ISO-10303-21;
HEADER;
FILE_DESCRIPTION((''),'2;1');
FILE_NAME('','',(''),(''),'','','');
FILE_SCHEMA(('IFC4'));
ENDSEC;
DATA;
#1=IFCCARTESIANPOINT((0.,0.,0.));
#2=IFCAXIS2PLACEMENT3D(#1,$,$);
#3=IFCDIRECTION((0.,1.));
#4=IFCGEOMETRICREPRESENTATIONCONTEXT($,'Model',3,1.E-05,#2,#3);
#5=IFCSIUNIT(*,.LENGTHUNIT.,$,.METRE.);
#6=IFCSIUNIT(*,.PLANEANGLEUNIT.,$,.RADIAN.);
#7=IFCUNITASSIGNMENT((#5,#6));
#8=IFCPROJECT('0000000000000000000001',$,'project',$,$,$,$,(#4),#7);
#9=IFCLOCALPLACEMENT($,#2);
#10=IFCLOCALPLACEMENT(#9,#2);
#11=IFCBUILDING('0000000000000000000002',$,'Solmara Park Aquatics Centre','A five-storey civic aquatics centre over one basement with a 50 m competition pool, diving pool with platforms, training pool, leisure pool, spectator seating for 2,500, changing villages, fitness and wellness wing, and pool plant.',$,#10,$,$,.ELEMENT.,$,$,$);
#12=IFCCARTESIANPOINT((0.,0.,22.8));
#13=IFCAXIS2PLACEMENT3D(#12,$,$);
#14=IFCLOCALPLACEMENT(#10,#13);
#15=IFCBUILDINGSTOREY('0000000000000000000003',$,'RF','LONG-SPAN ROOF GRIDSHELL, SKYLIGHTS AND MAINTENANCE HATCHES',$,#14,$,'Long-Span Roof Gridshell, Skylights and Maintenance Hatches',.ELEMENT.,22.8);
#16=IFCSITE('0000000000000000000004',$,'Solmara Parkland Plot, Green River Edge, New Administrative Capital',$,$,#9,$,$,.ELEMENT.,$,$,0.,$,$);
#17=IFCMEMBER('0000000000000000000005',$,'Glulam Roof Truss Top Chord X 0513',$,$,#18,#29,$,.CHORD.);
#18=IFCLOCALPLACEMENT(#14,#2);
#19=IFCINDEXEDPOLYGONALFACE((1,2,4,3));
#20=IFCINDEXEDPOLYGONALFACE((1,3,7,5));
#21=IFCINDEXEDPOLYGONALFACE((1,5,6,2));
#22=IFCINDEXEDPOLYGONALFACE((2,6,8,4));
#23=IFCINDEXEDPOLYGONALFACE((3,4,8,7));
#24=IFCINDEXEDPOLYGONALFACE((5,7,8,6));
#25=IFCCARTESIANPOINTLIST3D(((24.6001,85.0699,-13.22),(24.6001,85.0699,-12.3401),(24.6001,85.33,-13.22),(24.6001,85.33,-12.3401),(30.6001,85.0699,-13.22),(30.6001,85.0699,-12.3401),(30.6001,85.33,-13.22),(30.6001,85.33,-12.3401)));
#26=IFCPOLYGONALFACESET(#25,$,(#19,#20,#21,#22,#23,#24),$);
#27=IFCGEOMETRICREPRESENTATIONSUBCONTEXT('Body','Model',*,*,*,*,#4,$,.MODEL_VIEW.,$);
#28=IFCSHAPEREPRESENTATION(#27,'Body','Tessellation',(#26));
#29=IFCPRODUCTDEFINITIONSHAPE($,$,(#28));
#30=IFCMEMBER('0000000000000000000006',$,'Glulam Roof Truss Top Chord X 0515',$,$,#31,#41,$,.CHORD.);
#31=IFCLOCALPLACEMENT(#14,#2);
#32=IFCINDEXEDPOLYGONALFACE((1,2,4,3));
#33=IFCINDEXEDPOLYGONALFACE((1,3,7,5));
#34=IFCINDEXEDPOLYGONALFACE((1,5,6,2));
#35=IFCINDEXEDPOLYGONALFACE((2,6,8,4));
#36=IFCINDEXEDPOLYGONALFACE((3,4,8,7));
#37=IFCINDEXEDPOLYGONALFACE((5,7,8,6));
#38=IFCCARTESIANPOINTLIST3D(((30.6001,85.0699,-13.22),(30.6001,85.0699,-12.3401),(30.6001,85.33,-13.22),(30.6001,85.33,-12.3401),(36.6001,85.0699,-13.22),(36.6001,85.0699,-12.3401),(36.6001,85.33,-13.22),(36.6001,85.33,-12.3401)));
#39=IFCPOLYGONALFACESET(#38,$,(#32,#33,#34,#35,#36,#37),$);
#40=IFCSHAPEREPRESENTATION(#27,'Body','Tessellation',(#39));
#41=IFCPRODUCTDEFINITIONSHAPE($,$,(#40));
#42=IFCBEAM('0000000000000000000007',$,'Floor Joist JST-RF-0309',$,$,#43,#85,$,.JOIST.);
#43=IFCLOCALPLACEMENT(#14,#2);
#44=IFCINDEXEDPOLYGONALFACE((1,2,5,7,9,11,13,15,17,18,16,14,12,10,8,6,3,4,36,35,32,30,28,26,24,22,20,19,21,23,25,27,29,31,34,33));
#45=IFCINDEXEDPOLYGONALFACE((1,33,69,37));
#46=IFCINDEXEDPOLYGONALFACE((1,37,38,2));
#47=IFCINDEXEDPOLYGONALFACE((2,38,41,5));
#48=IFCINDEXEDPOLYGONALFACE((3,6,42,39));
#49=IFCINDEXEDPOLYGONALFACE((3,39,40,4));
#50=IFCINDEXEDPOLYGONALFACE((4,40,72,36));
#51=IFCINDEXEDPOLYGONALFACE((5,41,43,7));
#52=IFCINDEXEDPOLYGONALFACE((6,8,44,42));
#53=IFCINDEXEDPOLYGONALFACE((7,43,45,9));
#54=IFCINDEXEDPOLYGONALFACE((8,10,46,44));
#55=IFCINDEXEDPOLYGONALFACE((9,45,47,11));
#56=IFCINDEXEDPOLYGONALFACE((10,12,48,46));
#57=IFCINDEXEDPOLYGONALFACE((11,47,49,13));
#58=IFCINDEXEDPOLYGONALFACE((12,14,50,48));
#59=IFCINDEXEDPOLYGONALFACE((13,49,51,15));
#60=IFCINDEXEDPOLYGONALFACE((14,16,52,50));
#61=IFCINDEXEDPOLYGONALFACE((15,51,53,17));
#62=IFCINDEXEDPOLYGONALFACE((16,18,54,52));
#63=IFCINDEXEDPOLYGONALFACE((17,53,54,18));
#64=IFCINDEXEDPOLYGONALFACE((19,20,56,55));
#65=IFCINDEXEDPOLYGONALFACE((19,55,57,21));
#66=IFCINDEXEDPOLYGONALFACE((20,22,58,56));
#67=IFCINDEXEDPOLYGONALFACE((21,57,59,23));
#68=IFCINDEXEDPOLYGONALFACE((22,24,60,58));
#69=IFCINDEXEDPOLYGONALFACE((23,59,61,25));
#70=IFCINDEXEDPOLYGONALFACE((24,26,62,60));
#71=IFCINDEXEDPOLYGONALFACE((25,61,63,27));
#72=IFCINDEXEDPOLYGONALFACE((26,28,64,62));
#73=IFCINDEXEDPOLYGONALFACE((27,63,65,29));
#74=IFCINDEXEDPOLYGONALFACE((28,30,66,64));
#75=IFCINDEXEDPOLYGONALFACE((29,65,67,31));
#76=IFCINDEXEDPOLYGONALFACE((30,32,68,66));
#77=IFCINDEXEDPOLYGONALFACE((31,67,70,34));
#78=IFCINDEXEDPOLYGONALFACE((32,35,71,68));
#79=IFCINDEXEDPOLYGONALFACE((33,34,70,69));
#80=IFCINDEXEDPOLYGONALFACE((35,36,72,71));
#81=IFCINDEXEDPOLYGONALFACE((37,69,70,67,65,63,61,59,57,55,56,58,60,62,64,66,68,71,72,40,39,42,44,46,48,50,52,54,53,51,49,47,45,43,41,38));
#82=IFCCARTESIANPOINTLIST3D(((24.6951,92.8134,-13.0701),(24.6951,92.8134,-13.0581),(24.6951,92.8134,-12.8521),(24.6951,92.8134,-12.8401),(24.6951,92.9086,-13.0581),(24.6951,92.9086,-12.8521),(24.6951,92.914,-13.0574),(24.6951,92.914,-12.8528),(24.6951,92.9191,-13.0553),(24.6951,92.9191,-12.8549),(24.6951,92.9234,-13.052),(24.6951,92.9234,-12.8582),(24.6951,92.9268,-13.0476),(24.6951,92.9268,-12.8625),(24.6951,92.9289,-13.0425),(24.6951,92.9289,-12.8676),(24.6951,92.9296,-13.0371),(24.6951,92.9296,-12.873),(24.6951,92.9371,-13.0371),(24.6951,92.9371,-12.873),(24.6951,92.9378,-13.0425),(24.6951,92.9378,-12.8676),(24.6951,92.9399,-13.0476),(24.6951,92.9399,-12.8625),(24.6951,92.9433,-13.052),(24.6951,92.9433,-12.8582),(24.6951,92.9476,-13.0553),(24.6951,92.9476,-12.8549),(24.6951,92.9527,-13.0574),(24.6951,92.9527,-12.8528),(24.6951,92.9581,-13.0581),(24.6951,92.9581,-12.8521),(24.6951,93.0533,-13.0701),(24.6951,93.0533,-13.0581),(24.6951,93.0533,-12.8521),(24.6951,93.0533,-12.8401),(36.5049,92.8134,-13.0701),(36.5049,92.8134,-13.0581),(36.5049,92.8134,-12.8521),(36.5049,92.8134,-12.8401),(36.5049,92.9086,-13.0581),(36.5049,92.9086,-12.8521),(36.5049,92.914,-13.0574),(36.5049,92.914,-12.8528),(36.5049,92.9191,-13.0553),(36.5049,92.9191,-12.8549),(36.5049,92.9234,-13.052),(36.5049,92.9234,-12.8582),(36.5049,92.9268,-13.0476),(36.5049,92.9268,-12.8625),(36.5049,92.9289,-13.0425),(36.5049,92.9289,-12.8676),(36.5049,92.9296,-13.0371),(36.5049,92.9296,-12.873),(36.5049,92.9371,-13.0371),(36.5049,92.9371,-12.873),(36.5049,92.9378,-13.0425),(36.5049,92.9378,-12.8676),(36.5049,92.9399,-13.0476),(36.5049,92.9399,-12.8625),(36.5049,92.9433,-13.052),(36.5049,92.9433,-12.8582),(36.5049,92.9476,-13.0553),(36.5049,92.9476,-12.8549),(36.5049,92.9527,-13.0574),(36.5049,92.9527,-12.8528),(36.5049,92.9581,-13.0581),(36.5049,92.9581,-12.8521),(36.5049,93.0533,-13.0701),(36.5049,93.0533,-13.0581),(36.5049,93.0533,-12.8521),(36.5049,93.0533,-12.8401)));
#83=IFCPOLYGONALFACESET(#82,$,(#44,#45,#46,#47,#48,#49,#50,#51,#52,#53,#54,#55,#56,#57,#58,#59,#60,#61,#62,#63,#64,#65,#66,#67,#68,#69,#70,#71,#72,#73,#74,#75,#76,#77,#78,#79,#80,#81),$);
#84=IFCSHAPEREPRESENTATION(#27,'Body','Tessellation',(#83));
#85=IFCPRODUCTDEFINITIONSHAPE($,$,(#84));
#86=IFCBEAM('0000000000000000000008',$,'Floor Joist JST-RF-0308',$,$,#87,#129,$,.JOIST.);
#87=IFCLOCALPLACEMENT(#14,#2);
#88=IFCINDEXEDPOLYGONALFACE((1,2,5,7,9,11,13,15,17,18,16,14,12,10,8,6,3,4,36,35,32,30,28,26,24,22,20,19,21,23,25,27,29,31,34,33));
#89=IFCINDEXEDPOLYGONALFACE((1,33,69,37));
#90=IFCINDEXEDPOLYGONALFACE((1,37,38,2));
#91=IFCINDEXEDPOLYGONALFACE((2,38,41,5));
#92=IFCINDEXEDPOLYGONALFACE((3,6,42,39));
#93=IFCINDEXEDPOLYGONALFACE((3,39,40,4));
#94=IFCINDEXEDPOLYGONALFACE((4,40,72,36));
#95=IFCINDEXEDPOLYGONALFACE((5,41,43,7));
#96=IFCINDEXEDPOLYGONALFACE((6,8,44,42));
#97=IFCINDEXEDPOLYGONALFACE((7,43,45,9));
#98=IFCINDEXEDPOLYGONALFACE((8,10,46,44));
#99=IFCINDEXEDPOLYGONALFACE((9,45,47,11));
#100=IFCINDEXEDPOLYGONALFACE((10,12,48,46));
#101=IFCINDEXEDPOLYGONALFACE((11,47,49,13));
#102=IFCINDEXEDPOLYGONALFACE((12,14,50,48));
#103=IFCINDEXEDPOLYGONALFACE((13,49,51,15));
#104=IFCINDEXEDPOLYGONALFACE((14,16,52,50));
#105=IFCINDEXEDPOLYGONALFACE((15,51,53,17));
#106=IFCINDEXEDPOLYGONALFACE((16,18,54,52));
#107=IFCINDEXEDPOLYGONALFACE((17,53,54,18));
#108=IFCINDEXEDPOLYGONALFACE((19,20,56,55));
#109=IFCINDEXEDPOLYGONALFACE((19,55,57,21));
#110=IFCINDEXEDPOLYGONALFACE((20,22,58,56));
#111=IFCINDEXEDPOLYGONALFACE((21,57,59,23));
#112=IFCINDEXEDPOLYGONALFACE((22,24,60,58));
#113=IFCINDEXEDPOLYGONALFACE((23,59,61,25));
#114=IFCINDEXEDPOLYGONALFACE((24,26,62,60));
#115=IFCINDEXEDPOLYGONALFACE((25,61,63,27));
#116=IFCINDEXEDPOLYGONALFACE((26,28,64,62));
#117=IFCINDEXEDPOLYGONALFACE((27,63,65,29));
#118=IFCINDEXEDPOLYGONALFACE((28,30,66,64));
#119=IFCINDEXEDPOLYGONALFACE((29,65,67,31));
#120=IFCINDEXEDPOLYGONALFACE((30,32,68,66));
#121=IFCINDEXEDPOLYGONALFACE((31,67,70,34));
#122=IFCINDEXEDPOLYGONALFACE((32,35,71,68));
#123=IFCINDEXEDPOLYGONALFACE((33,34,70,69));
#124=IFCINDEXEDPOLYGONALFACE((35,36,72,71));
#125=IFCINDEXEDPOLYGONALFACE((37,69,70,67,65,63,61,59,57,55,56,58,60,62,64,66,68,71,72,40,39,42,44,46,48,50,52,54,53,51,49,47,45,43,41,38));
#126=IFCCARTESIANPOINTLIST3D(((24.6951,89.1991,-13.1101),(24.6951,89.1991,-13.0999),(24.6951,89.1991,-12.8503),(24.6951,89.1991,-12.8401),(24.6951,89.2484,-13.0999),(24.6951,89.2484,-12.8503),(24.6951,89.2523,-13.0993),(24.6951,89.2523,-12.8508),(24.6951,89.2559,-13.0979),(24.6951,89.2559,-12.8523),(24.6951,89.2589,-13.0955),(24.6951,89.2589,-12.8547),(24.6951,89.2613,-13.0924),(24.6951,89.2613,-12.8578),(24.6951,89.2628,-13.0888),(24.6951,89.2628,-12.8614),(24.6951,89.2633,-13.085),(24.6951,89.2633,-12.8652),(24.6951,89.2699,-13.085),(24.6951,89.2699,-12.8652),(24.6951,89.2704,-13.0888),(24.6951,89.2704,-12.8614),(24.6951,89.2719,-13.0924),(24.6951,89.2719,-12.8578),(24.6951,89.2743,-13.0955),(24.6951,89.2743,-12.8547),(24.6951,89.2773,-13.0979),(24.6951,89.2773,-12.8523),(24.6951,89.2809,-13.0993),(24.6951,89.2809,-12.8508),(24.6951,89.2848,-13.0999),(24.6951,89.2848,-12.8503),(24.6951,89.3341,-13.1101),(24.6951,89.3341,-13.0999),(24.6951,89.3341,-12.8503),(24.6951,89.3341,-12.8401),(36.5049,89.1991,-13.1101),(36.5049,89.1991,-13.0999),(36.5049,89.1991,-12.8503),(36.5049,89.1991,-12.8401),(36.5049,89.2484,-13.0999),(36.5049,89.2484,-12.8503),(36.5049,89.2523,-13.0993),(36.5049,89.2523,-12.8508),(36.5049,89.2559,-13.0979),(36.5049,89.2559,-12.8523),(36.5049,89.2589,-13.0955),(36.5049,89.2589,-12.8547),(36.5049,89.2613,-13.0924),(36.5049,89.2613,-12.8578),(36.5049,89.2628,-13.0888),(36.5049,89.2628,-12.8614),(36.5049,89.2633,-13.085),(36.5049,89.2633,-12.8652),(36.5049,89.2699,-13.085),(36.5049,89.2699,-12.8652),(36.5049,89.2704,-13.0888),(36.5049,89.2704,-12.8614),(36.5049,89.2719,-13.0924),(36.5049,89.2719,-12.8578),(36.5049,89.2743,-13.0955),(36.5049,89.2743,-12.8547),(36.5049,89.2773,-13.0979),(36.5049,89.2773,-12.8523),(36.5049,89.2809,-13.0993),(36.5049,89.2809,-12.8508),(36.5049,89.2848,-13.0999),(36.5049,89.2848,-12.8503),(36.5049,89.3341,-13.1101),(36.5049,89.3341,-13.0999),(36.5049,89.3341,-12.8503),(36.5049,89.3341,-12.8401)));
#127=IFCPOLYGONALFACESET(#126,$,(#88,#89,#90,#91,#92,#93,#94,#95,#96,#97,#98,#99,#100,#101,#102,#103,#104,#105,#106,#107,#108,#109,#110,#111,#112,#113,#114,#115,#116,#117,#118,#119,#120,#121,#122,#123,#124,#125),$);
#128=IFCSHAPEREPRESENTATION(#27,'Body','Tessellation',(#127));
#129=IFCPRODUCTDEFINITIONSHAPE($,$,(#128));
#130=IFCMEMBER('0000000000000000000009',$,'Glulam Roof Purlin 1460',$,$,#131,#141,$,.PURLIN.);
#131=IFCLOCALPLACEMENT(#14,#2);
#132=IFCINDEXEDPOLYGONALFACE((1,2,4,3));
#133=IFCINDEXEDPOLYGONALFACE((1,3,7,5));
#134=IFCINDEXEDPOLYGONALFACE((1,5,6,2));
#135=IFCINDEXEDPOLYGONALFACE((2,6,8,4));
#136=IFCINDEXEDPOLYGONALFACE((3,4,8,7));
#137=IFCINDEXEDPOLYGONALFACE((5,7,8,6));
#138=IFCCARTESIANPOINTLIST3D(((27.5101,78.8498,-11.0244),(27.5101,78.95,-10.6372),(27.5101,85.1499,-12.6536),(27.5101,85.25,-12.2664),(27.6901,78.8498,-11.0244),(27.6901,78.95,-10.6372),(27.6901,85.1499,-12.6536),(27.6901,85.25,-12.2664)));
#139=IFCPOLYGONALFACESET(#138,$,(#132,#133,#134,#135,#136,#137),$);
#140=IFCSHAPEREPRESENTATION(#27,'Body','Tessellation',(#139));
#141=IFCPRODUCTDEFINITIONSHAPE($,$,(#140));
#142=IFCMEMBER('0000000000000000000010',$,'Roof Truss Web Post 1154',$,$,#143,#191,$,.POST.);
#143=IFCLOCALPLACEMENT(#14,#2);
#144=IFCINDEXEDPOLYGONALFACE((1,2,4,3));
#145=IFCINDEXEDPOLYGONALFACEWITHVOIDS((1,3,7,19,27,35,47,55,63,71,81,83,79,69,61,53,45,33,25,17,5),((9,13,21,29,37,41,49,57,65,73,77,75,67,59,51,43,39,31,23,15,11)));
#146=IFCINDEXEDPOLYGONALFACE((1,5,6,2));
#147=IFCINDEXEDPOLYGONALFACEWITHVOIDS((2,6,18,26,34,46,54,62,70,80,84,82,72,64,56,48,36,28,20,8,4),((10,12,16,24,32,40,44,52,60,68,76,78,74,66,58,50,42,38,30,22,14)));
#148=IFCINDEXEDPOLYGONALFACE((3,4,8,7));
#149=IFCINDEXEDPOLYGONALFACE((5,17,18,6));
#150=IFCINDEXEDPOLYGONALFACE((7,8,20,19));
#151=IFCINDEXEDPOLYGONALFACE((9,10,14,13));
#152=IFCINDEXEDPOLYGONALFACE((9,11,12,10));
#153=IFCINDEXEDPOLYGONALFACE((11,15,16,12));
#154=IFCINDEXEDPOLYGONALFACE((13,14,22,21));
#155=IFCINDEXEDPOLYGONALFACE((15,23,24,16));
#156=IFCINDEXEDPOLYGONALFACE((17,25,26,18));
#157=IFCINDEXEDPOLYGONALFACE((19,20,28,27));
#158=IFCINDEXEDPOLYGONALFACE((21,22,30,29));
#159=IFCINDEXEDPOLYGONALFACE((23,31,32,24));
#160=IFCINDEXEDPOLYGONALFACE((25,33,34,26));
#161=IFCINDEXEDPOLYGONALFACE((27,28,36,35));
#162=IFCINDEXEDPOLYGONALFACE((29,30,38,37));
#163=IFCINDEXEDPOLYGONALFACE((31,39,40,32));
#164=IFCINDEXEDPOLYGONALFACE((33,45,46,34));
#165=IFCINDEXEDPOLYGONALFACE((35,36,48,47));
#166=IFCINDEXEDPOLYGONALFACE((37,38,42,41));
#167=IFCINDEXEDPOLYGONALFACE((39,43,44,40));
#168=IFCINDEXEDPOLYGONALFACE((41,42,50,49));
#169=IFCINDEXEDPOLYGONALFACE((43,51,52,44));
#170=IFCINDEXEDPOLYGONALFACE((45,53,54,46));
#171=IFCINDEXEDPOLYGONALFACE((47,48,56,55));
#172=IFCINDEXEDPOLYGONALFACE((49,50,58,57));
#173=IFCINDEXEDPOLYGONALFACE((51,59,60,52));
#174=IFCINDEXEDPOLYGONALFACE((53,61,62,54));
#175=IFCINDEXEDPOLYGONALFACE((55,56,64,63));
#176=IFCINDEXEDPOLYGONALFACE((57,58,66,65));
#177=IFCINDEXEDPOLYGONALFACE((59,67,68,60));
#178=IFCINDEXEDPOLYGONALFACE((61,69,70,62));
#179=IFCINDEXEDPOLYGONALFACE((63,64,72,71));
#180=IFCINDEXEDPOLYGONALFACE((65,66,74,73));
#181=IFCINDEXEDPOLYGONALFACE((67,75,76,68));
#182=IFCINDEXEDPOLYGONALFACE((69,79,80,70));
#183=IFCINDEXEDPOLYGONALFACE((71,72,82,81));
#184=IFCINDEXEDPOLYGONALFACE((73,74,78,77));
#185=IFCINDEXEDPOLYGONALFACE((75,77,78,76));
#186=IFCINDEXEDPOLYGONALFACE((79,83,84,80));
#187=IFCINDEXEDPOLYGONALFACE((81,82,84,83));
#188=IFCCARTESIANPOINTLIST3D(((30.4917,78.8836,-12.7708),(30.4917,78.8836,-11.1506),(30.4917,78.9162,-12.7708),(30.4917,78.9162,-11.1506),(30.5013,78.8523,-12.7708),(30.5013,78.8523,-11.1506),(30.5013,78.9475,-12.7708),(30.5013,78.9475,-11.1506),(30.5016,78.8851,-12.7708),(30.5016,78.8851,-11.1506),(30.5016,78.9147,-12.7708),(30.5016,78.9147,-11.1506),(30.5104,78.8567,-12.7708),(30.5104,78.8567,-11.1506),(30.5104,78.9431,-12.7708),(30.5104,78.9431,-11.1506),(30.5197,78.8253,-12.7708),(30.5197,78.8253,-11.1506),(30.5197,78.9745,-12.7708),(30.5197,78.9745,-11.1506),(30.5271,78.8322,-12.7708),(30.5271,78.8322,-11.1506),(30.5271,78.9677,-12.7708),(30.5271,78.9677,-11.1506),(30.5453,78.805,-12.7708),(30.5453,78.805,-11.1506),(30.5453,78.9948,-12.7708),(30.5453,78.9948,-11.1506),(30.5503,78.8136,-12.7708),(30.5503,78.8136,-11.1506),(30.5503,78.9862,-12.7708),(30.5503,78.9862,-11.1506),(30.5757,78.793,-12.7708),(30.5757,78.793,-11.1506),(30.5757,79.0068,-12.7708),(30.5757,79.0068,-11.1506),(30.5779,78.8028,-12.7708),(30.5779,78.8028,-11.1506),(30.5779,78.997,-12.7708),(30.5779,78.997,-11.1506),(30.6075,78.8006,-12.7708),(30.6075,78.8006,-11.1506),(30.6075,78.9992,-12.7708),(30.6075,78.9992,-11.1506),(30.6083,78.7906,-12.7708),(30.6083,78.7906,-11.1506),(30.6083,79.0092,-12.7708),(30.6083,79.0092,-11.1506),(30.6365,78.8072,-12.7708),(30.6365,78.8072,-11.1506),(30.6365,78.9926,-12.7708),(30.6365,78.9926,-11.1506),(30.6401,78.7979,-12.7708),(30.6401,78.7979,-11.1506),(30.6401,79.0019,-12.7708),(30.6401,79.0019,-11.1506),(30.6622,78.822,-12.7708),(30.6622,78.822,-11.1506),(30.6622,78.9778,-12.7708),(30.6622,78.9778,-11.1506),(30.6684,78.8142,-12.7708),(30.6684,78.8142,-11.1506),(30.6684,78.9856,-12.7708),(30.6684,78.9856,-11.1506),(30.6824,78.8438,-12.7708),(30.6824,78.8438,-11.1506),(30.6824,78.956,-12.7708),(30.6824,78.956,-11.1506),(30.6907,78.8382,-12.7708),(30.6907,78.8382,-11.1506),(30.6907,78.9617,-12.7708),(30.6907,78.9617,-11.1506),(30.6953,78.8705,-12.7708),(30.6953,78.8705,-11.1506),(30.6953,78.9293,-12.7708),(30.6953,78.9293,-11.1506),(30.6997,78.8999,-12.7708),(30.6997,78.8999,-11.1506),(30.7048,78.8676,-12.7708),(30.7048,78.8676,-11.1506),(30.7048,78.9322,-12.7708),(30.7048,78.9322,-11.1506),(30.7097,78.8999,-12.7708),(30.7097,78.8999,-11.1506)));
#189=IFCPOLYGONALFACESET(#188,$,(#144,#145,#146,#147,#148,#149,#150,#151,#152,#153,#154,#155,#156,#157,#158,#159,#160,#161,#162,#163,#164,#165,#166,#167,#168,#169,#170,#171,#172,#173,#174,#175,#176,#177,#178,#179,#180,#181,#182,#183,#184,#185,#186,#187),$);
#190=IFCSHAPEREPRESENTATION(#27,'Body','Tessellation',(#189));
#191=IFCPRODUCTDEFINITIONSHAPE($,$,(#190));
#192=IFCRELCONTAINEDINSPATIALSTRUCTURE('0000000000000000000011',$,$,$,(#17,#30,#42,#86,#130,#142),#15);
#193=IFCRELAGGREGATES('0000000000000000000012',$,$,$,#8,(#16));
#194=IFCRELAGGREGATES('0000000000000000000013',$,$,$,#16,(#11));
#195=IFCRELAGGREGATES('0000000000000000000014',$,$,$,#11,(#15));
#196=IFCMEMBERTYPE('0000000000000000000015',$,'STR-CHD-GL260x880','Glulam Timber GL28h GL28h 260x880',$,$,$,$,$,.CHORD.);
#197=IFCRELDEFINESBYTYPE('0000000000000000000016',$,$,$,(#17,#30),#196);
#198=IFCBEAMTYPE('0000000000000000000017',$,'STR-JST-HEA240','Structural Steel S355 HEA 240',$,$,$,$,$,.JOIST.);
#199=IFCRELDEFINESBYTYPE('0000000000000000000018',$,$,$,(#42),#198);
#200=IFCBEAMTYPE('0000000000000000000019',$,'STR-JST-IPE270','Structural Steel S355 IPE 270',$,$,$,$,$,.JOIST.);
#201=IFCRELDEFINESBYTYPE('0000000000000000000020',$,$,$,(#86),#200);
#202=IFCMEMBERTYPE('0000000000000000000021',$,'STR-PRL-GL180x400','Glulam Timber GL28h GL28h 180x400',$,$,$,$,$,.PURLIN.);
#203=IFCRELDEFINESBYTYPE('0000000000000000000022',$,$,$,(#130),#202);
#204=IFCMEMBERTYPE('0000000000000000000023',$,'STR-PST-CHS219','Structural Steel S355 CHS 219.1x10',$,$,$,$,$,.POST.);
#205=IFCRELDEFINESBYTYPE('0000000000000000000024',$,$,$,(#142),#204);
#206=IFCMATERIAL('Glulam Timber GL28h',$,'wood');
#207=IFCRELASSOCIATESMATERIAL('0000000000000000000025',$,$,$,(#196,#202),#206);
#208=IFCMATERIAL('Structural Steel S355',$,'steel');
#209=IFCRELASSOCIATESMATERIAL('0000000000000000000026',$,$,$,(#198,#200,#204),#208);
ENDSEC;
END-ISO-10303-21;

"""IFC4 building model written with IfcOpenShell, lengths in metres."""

from ifc_helpers import new_model, si_unit, direction, frame, origin, origin_2d, place, context, subcontext, project, spatial, rectangle, hollow_circle, i_section, extrude, material, material_profile, profile_set, type_object, element, save


model = new_model("IFC4")

# Units and contexts
model_context = context("Model", 3, precision=1e-05, world=origin(), true_north=direction((0.0, 1.0)))
body_context = subcontext(model_context, "Body", "Model", "MODEL_VIEW")
ifc_project = project(units=[si_unit("LENGTHUNIT", "METRE"), si_unit("PLANEANGLEUNIT", "RADIAN")], contexts=[model_context])

# Site, building, storey
site_placement = place(None, origin())
site = spatial("IfcSite", under=ifc_project, at=site_placement, Name="Solmara Parkland Plot, Green River Edge, New Administrative Capital", CompositionType="ELEMENT", RefElevation=0.0)
building_placement = place(site_placement, origin())
building = spatial("IfcBuilding", under=site, at=building_placement, Name="Solmara Park Aquatics Centre", Description="A five-storey civic aquatics centre over one basement with a 50 m competition pool, diving pool with platforms, training pool, leisure pool, spectator seating for 2,500, changing villages, fitness and wellness wing, and pool plant.", CompositionType="ELEMENT")
storey_placement = place(building_placement, frame((0.0, 0.0, 22.8)))
storey = spatial("IfcBuildingStorey", under=building, at=storey_placement, Name="RF", Description="LONG-SPAN ROOF GRIDSHELL, SKYLIGHTS AND MAINTENANCE HATCHES", LongName="Long-Span Roof Gridshell, Skylights and Maintenance Hatches", CompositionType="ELEMENT", Elevation=22.8)

# Shared definitions
ifc_material_1 = material(Name="Structural Steel S355", Category="steel")

# Members
ifc_material_2 = material(Name="Glulam Timber GL28h", Category="wood")
ifc_material_profile_1 = material_profile(ifc_material_2, rectangle(XDim=0.26, YDim=0.8799, at=origin_2d()), Name="GL28h 260x880")
ifc_profile_set_1 = profile_set([ifc_material_profile_1], Name="Glulam Timber GL28h")
member_type_1 = type_object("IfcMemberType", Name="STR-CHD-GL260x880", Description="Glulam Timber GL28h GL28h 260x880", PredefinedType="CHORD", material=ifc_profile_set_1)
for number, where, z_axis, x_axis, name in (
    (1, (24.6001, 85.2, -12.78), (1.0, 0.0, 0.0), (0.0, 1.0, 0.0), "Glulam Roof Truss Top Chord X 0513"),
    (2, (30.6001, 85.2, -12.78), (1.0, 0.0, 0.0), (0.0, 1.0, 0.0), "Glulam Roof Truss Top Chord X 0515"),
):
    element("IfcMember", number, at=place(storey_placement, frame(where, z_axis=z_axis, x_axis=x_axis)), inside=storey, type_object=member_type_1, Name=name, PredefinedType="CHORD", context=body_context, shape_type="SweptSolid", body=[
        extrude(rectangle(XDim=0.26, YDim=0.8799, at=origin_2d()), origin(), (0.0, 0.0, 1.0), 6.0),
    ])

# Beams
ifc_material_profile_2 = material_profile(ifc_material_1, i_section(OverallWidth=0.24, OverallDepth=0.23, WebThickness=0.0076, FlangeThickness=0.012, FilletRadius=0.021, at=origin_2d()), Name="HEA 240")
ifc_profile_set_2 = profile_set([ifc_material_profile_2], Name="Structural Steel S355")
beam_type_1 = type_object("IfcBeamType", Name="STR-JST-HEA240", Description="Structural Steel S355 HEA 240", PredefinedType="JOIST", material=ifc_profile_set_2)
beam_1_placement = place(storey_placement, frame((24.6951, 92.9333, -12.9551), z_axis=(1.0, 0.0, 0.0), x_axis=(0.0, 1.0, 0.0)))
element("IfcBeam", 3, at=beam_1_placement, inside=storey, type_object=beam_type_1, Name="Floor Joist JST-RF-0309", PredefinedType="JOIST", context=body_context, shape_type="SweptSolid", body=[
    extrude(i_section(OverallWidth=0.24, OverallDepth=0.23, WebThickness=0.0076, FlangeThickness=0.012, FilletRadius=0.021, at=origin_2d()), origin(), (0.0, 0.0, 1.0), 11.8098),
])
ifc_material_profile_3 = material_profile(ifc_material_1, i_section(OverallWidth=0.135, OverallDepth=0.27, WebThickness=0.0066, FlangeThickness=0.0103, FilletRadius=0.0149, at=origin_2d()), Name="IPE 270")
ifc_profile_set_3 = profile_set([ifc_material_profile_3], Name="Structural Steel S355")
beam_type_2 = type_object("IfcBeamType", Name="STR-JST-IPE270", Description="Structural Steel S355 IPE 270", PredefinedType="JOIST", material=ifc_profile_set_3)
beam_2_placement = place(storey_placement, frame((24.6951, 89.2666, -12.9751), z_axis=(1.0, 0.0, 0.0), x_axis=(0.0, 1.0, 0.0)))
element("IfcBeam", 4, at=beam_2_placement, inside=storey, type_object=beam_type_2, Name="Floor Joist JST-RF-0308", PredefinedType="JOIST", context=body_context, shape_type="SweptSolid", body=[
    extrude(i_section(OverallWidth=0.135, OverallDepth=0.27, WebThickness=0.0066, FlangeThickness=0.0103, FilletRadius=0.0149, at=origin_2d()), origin(), (0.0, 0.0, 1.0), 11.8098),
])

# Members
ifc_material_profile_4 = material_profile(ifc_material_2, rectangle(XDim=0.1799, YDim=0.3999, at=origin_2d()), Name="GL28h 180x400")
ifc_profile_set_4 = profile_set([ifc_material_profile_4], Name="Glulam Timber GL28h")
member_type_2 = type_object("IfcMemberType", Name="STR-PRL-GL180x400", Description="Glulam Timber GL28h GL28h 180x400", PredefinedType="PURLIN", material=ifc_profile_set_4)
member_1_placement = place(storey_placement, frame((27.6001, 78.8999, -10.8308), z_axis=(0.0, 0.968153, -0.250358), x_axis=(-1.0, 0.0, 0.0)))
element("IfcMember", 5, at=member_1_placement, inside=storey, type_object=member_type_2, Name="Glulam Roof Purlin 1460", PredefinedType="PURLIN", context=body_context, shape_type="SweptSolid", body=[
    extrude(rectangle(XDim=0.1799, YDim=0.3999, at=origin_2d()), origin(), (0.0, 0.0, 1.0), 6.5073),
])
ifc_material_profile_5 = material_profile(ifc_material_1, hollow_circle(Radius=0.1096, WallThickness=0.01, at=origin_2d()), Name="CHS 219.1x10")
ifc_profile_set_5 = profile_set([ifc_material_profile_5], Name="Structural Steel S355")
member_type_3 = type_object("IfcMemberType", Name="STR-PST-CHS219", Description="Structural Steel S355 CHS 219.1x10", PredefinedType="POST", material=ifc_profile_set_5)
for number, where, z_axis, x_axis, name in (
    (6, (30.6001, 78.8999, -12.7708), (0.0, 0.0, 1.0), (1.0, 0.0, 0.0), "Roof Truss Web Post 1154"),
):
    element("IfcMember", number, at=place(storey_placement, frame(where, z_axis=z_axis, x_axis=x_axis)), inside=storey, type_object=member_type_3, Name=name, PredefinedType="POST", context=body_context, shape_type="SweptSolid", body=[
        extrude(hollow_circle(Radius=0.1096, WallThickness=0.01, at=origin_2d()), origin(), (0.0, 0.0, 1.0), 1.6201),
    ])

save(model, "model.ifc")
